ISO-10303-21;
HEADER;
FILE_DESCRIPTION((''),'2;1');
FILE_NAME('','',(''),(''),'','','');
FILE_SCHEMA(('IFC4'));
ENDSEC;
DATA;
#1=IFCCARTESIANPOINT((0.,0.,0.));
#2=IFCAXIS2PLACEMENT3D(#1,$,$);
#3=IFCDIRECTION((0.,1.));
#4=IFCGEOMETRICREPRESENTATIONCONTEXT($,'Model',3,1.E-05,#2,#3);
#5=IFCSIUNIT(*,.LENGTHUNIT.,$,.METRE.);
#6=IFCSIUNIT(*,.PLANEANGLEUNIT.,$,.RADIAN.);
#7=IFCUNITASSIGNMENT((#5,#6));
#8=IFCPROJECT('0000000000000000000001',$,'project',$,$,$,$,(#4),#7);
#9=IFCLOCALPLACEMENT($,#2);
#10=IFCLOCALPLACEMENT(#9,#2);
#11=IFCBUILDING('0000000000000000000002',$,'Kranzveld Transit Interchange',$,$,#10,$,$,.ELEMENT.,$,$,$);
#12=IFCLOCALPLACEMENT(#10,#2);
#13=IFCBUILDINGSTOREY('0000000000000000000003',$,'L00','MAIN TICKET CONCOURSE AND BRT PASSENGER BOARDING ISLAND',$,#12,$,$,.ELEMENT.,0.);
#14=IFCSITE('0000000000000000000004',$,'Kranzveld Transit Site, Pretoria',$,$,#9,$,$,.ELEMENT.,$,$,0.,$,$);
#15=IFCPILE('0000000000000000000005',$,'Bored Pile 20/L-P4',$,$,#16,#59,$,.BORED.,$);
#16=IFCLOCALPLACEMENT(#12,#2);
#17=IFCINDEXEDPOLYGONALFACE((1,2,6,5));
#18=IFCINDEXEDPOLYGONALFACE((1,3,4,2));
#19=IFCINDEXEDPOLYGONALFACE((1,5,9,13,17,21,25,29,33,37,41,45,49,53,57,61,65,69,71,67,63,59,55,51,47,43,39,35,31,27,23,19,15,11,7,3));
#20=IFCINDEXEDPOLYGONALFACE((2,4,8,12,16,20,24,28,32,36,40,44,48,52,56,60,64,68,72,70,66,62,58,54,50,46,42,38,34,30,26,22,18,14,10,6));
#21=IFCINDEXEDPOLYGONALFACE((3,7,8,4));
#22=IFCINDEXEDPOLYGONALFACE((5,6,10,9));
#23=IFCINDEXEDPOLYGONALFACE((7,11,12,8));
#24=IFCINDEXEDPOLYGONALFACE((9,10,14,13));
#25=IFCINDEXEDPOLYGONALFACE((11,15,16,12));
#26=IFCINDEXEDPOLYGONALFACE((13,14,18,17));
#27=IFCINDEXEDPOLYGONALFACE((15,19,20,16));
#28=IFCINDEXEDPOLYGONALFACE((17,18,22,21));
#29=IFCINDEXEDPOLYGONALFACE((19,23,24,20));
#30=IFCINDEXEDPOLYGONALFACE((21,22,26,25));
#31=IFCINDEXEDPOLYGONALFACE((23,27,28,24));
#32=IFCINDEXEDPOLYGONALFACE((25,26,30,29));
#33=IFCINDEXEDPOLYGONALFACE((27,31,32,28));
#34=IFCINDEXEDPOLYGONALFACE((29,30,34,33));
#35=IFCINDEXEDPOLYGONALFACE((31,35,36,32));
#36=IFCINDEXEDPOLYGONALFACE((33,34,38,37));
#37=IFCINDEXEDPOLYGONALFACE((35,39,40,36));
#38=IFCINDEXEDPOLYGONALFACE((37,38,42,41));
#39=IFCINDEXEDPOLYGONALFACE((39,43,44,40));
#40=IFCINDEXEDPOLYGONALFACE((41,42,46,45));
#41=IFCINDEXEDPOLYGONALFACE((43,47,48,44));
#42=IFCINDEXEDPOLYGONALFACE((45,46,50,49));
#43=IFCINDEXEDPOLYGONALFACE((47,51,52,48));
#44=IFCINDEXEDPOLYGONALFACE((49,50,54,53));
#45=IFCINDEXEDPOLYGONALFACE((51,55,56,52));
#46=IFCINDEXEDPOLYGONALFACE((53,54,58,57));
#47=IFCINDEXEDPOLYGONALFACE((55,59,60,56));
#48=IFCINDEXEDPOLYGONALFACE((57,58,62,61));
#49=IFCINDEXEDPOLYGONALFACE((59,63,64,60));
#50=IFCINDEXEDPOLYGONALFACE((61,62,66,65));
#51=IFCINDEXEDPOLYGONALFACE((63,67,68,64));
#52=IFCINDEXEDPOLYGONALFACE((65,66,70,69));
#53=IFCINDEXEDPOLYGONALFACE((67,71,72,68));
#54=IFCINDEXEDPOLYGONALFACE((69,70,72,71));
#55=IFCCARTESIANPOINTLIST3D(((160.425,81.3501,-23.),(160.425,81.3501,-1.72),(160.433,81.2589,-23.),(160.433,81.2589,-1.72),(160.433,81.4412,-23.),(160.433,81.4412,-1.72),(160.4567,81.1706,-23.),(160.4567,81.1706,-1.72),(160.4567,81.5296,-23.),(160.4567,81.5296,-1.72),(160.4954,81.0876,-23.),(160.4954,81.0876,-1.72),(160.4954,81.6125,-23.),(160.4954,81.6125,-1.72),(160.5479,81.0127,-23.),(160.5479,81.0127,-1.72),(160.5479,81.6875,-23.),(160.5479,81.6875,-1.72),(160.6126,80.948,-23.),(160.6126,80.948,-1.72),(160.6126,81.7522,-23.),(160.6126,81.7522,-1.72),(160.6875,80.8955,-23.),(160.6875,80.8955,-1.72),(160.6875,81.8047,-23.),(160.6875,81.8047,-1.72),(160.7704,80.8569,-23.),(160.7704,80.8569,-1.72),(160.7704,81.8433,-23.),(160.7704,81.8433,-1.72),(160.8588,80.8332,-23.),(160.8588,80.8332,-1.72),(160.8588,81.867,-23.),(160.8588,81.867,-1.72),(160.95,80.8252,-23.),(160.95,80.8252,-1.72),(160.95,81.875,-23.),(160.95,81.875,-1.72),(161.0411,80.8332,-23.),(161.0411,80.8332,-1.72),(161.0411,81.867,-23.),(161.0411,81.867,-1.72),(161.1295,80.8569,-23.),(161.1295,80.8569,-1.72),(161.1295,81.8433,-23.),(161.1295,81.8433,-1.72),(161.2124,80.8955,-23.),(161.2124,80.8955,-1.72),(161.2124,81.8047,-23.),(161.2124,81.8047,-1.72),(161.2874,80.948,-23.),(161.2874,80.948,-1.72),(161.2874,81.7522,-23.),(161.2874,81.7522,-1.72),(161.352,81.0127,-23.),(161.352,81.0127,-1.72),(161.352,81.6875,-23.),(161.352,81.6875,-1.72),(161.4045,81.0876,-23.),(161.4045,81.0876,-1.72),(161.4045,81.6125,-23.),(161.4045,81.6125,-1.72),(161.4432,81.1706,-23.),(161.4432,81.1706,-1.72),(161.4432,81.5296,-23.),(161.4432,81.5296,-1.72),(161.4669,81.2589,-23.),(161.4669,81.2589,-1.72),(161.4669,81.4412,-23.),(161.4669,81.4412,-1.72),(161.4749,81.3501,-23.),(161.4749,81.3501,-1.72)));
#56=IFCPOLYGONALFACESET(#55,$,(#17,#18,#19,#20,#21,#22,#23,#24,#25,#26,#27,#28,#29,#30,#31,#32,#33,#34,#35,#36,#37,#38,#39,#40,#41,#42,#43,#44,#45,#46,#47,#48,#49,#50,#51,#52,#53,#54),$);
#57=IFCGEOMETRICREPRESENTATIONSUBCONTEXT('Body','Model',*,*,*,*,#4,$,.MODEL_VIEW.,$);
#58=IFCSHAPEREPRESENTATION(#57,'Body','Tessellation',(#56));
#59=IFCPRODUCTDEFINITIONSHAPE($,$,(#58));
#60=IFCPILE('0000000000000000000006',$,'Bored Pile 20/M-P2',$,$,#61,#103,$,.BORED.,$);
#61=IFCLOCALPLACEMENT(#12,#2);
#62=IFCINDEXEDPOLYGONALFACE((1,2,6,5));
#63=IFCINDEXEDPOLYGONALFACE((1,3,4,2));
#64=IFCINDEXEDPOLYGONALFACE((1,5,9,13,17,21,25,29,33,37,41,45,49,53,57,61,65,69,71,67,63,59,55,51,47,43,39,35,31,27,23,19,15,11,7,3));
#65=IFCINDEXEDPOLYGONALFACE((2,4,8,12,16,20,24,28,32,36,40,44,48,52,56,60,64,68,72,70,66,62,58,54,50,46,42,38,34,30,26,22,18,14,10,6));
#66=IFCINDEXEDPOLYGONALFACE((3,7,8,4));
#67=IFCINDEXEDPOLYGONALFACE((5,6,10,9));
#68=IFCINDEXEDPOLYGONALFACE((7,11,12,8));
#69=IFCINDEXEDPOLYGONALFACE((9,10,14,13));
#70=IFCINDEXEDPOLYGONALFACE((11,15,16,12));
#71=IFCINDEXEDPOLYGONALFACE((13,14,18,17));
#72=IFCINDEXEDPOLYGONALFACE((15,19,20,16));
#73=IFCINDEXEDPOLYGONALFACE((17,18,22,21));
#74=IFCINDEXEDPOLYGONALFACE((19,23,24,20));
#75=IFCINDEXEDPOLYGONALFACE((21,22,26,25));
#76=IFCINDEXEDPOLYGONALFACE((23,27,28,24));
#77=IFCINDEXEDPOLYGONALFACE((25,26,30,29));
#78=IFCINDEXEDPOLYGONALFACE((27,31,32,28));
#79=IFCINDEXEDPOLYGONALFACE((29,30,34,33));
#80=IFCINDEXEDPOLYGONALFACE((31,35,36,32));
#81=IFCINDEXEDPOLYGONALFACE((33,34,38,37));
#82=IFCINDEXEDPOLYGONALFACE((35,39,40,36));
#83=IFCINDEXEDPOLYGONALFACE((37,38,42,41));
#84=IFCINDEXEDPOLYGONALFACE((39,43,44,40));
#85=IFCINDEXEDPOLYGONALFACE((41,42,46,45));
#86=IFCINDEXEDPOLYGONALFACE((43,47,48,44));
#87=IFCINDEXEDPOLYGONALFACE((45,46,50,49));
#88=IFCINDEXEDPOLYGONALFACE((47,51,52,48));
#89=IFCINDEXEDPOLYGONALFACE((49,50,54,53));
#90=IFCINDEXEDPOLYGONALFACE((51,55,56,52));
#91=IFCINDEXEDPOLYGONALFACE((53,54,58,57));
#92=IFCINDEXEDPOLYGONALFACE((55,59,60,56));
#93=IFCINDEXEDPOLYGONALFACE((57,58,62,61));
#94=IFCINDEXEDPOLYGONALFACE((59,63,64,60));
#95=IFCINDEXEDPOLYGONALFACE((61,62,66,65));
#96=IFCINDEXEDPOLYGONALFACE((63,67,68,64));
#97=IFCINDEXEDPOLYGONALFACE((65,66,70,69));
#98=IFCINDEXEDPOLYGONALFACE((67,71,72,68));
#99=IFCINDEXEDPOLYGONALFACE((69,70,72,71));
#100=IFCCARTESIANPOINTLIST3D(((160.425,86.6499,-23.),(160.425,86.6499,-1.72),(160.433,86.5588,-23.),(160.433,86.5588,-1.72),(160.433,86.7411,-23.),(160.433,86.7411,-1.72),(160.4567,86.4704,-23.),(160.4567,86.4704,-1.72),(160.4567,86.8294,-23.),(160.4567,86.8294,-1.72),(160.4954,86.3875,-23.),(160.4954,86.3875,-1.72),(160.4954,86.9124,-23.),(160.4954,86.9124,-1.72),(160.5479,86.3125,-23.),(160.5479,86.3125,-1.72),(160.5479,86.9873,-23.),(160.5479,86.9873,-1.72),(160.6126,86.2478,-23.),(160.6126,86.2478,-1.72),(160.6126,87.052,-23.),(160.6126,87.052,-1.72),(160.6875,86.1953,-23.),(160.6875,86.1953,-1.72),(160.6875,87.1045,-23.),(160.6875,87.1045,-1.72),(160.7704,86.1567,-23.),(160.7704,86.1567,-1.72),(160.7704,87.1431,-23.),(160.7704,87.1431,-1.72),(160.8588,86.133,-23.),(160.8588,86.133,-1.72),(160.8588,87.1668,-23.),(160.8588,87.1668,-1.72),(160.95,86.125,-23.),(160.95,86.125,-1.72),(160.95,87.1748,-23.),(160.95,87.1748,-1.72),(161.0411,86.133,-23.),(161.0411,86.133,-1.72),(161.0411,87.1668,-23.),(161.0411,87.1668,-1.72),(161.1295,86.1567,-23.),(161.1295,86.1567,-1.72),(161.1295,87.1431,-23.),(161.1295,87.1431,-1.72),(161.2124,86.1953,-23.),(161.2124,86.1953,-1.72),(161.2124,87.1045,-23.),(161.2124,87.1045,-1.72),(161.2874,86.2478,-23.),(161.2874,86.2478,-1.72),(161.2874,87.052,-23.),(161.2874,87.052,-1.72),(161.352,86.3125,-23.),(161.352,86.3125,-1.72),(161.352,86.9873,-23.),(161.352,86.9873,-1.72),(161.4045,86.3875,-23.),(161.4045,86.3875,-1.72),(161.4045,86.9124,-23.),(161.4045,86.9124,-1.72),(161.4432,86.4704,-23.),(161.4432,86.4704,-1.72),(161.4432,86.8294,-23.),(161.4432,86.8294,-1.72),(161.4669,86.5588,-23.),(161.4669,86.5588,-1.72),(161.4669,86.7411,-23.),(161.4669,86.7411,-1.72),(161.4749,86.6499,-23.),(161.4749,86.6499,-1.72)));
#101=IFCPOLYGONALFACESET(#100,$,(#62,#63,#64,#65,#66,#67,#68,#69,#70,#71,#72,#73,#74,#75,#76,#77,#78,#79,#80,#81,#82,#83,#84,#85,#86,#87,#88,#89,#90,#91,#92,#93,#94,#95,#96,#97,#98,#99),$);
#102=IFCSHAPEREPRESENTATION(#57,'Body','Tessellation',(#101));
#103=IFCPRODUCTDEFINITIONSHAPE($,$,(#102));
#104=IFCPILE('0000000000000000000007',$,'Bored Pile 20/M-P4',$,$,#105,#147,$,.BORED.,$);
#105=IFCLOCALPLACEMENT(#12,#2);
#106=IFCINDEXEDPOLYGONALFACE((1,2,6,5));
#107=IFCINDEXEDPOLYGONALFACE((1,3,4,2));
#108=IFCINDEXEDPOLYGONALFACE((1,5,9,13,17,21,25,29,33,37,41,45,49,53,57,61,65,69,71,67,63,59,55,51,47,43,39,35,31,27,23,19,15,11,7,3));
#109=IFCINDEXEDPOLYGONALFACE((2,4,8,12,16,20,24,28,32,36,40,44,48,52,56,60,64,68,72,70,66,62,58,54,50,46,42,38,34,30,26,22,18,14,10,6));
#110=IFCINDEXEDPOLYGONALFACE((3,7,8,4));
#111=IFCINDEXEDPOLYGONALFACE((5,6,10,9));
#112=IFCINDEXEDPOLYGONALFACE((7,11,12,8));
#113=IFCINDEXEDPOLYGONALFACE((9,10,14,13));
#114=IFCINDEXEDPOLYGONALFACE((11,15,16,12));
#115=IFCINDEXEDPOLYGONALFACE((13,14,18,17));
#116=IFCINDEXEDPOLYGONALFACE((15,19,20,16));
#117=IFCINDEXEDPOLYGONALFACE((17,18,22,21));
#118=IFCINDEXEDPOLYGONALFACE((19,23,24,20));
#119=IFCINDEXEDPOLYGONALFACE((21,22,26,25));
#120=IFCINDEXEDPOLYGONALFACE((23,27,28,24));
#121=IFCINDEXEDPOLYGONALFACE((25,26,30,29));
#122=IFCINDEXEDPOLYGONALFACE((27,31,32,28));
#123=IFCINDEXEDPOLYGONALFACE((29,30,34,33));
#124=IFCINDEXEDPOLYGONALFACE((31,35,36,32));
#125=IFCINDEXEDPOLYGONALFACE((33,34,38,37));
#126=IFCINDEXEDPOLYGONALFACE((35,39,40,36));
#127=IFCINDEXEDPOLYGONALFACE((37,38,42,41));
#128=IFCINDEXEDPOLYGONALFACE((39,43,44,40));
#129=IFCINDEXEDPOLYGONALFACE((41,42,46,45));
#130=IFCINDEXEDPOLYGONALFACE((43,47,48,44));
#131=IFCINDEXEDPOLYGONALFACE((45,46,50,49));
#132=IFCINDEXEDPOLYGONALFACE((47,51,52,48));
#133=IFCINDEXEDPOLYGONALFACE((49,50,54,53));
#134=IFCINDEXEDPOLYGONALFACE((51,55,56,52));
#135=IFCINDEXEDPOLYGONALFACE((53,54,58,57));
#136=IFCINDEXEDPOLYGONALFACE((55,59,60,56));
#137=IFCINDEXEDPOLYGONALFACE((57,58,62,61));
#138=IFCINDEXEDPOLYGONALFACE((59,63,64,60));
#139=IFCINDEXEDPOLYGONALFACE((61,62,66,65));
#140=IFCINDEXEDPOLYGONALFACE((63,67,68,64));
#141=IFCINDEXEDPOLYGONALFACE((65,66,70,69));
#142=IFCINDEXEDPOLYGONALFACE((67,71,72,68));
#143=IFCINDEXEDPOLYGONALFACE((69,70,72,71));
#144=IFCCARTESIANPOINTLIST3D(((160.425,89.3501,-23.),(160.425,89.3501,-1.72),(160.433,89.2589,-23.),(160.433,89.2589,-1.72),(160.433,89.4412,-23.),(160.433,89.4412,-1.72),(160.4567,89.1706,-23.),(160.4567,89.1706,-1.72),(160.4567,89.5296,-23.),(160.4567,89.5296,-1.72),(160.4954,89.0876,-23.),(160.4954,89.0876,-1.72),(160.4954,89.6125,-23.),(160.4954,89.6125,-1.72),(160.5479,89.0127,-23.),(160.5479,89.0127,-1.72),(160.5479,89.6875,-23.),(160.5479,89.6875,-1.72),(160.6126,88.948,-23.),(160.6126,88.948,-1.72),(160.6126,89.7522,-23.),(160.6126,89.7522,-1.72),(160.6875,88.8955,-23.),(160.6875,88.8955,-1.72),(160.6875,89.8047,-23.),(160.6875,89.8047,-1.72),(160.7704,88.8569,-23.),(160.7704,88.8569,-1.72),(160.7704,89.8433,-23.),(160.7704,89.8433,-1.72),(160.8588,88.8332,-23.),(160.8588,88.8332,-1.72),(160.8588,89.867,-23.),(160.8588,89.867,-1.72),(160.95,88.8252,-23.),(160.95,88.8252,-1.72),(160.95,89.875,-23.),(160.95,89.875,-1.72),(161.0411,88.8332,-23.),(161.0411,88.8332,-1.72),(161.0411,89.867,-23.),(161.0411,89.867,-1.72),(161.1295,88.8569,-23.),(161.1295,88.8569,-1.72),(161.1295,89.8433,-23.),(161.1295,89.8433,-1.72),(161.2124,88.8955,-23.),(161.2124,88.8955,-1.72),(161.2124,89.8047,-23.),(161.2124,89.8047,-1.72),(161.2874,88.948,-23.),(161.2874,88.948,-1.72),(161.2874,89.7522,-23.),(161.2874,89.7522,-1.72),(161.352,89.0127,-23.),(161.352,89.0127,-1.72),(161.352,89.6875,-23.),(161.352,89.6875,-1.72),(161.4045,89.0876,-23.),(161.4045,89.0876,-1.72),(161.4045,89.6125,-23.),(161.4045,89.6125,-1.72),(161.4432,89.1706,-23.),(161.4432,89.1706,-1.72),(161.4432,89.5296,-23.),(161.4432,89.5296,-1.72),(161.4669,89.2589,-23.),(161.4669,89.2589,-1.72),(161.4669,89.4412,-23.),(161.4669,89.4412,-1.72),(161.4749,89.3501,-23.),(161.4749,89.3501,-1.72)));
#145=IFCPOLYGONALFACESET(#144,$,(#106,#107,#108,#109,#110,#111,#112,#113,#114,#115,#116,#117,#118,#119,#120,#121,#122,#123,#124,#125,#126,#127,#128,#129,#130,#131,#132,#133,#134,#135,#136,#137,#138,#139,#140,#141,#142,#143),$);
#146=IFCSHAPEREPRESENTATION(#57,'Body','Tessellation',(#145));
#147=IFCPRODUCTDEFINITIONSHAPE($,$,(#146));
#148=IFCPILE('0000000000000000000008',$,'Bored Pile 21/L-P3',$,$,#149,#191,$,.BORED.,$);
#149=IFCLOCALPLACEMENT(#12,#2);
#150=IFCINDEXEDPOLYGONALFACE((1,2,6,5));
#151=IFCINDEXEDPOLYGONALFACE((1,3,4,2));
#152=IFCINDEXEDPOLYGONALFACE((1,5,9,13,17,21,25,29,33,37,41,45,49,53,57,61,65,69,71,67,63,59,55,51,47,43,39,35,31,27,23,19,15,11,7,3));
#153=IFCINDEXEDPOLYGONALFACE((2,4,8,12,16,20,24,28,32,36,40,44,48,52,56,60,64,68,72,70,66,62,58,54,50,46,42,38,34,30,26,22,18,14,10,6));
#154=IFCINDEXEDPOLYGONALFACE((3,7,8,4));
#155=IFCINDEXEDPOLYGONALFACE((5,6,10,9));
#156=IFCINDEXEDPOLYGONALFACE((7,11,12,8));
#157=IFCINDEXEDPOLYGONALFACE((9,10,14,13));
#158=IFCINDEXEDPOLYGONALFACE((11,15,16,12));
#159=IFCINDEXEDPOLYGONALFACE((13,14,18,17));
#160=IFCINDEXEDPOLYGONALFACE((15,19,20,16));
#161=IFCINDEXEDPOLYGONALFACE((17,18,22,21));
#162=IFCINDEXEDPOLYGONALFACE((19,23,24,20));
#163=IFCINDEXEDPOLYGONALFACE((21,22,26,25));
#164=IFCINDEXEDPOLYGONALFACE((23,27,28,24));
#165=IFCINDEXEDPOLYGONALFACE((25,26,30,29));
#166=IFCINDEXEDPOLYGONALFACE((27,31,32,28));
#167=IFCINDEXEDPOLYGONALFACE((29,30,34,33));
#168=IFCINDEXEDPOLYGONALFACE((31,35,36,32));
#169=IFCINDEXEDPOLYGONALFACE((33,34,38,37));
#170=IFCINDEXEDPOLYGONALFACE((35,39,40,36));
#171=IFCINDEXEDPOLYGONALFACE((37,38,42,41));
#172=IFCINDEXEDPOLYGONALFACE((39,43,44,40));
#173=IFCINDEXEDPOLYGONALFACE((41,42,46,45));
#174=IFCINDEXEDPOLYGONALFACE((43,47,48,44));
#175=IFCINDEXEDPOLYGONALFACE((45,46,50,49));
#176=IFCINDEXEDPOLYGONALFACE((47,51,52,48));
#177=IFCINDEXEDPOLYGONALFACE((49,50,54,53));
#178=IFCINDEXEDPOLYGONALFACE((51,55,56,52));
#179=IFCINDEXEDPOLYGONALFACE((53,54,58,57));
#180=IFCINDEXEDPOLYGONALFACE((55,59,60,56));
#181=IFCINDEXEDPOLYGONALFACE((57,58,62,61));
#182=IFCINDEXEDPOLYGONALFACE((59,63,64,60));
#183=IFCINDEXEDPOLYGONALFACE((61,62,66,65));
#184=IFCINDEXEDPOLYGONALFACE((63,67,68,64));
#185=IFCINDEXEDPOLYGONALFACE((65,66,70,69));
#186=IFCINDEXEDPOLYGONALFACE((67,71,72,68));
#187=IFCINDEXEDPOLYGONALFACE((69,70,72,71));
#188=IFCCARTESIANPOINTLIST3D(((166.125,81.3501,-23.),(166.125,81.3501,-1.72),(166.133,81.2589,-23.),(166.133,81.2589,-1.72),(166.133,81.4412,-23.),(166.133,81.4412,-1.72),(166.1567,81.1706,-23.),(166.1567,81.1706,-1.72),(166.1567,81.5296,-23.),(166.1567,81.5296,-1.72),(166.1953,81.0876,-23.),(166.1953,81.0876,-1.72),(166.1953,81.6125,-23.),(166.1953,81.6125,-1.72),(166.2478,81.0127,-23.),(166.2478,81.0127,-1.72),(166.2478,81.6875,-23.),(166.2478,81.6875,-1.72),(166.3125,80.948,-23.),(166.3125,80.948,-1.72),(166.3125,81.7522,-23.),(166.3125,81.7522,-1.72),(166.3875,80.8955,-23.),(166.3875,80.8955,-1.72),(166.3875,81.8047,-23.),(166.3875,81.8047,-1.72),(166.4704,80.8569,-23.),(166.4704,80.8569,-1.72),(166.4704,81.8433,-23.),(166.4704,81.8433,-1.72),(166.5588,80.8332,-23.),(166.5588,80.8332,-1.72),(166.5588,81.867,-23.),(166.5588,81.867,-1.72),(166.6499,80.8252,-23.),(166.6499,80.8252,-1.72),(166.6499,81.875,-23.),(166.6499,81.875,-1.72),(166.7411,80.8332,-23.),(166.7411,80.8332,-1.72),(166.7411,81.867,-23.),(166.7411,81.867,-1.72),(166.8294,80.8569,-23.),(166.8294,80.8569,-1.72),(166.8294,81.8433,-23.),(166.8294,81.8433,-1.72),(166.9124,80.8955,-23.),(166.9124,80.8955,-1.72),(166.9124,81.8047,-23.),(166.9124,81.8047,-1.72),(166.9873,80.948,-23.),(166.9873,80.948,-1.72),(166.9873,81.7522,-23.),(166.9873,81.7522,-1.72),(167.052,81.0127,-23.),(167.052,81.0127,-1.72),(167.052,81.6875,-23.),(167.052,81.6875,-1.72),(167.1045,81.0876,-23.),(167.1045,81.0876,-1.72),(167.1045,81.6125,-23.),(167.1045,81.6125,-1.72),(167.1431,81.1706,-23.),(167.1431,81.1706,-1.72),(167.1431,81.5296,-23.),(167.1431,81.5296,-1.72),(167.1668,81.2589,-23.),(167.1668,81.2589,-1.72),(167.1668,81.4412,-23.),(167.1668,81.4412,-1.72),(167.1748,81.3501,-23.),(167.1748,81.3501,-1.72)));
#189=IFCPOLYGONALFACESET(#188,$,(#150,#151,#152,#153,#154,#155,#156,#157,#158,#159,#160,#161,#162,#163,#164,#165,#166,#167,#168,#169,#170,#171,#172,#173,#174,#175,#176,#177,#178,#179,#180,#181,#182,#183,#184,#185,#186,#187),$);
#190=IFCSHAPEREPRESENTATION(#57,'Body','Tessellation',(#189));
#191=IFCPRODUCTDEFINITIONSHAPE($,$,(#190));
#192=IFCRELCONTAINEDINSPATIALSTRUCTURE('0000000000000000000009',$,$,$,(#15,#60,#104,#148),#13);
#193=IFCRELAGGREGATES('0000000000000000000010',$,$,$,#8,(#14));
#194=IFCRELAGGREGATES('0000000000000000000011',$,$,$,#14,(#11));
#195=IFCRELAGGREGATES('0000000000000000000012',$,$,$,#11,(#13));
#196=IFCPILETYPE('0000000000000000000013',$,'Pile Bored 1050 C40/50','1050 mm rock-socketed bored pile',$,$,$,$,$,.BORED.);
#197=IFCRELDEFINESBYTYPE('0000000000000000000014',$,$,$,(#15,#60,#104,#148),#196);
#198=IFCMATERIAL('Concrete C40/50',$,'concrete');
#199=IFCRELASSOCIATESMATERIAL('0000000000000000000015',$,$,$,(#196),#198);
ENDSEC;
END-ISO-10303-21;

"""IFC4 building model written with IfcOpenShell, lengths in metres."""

from ifc_helpers import new_model, si_unit, direction, frame, origin, origin_2d, place, context, subcontext, project, spatial, circle, extrude, material, material_profile, profile_set, type_object, element, save


model = new_model("IFC4")

# Units and contexts
model_context = context("Model", 3, precision=1e-05, world=origin(), true_north=direction((0.0, 1.0)))
body_context = subcontext(model_context, "Body", "Model", "MODEL_VIEW")
ifc_project = project(units=[si_unit("LENGTHUNIT", "METRE"), si_unit("PLANEANGLEUNIT", "RADIAN")], contexts=[model_context])

# Site, building, storey
site_placement = place(None, origin())
site = spatial("IfcSite", under=ifc_project, at=site_placement, Name="Kranzveld Transit Site, Pretoria", CompositionType="ELEMENT", RefElevation=0.0)
building_placement = place(site_placement, origin())
building = spatial("IfcBuilding", under=site, at=building_placement, Name="Kranzveld Transit Interchange", CompositionType="ELEMENT")
storey_placement = place(building_placement, origin())
storey = spatial("IfcBuildingStorey", under=building, at=storey_placement, Name="L00", Description="MAIN TICKET CONCOURSE AND BRT PASSENGER BOARDING ISLAND", CompositionType="ELEMENT", Elevation=0.0)

# Piles
ifc_material_1 = material(Name="Concrete C40/50", Category="concrete")
ifc_material_profile_1 = material_profile(ifc_material_1, circle(Radius=0.5249, at=origin_2d()), Name="BORED PILE 1050")
ifc_profile_set_1 = profile_set([ifc_material_profile_1], Name="Concrete C40/50")
pile_type = type_object("IfcPileType", Name="Pile Bored 1050 C40/50", Description="1050 mm rock-socketed bored pile", PredefinedType="BORED", material=ifc_profile_set_1)
for number, where, z_axis, x_axis, name in (
    (1, (160.95, 81.3501, -1.72), (0.0, 0.0, -1.0), (1.0, 0.0, 0.0), "Bored Pile 20/L-P4"),
    (2, (160.95, 86.6499, -1.72), (0.0, 0.0, -1.0), (1.0, 0.0, 0.0), "Bored Pile 20/M-P2"),
    (3, (160.95, 89.3501, -1.72), (0.0, 0.0, -1.0), (1.0, 0.0, 0.0), "Bored Pile 20/M-P4"),
    (4, (166.6499, 81.3501, -1.72), (0.0, 0.0, -1.0), (1.0, 0.0, 0.0), "Bored Pile 21/L-P3"),
):
    element("IfcPile", number, at=place(storey_placement, frame(where, z_axis=z_axis, x_axis=x_axis)), inside=storey, type_object=pile_type, Name=name, PredefinedType="BORED", context=body_context, shape_type="SweptSolid", body=[
        extrude(circle(Radius=0.5249, at=origin_2d()), origin(), (0.0, 0.0, 1.0), 21.28),
    ])

save(model, "model.ifc")
